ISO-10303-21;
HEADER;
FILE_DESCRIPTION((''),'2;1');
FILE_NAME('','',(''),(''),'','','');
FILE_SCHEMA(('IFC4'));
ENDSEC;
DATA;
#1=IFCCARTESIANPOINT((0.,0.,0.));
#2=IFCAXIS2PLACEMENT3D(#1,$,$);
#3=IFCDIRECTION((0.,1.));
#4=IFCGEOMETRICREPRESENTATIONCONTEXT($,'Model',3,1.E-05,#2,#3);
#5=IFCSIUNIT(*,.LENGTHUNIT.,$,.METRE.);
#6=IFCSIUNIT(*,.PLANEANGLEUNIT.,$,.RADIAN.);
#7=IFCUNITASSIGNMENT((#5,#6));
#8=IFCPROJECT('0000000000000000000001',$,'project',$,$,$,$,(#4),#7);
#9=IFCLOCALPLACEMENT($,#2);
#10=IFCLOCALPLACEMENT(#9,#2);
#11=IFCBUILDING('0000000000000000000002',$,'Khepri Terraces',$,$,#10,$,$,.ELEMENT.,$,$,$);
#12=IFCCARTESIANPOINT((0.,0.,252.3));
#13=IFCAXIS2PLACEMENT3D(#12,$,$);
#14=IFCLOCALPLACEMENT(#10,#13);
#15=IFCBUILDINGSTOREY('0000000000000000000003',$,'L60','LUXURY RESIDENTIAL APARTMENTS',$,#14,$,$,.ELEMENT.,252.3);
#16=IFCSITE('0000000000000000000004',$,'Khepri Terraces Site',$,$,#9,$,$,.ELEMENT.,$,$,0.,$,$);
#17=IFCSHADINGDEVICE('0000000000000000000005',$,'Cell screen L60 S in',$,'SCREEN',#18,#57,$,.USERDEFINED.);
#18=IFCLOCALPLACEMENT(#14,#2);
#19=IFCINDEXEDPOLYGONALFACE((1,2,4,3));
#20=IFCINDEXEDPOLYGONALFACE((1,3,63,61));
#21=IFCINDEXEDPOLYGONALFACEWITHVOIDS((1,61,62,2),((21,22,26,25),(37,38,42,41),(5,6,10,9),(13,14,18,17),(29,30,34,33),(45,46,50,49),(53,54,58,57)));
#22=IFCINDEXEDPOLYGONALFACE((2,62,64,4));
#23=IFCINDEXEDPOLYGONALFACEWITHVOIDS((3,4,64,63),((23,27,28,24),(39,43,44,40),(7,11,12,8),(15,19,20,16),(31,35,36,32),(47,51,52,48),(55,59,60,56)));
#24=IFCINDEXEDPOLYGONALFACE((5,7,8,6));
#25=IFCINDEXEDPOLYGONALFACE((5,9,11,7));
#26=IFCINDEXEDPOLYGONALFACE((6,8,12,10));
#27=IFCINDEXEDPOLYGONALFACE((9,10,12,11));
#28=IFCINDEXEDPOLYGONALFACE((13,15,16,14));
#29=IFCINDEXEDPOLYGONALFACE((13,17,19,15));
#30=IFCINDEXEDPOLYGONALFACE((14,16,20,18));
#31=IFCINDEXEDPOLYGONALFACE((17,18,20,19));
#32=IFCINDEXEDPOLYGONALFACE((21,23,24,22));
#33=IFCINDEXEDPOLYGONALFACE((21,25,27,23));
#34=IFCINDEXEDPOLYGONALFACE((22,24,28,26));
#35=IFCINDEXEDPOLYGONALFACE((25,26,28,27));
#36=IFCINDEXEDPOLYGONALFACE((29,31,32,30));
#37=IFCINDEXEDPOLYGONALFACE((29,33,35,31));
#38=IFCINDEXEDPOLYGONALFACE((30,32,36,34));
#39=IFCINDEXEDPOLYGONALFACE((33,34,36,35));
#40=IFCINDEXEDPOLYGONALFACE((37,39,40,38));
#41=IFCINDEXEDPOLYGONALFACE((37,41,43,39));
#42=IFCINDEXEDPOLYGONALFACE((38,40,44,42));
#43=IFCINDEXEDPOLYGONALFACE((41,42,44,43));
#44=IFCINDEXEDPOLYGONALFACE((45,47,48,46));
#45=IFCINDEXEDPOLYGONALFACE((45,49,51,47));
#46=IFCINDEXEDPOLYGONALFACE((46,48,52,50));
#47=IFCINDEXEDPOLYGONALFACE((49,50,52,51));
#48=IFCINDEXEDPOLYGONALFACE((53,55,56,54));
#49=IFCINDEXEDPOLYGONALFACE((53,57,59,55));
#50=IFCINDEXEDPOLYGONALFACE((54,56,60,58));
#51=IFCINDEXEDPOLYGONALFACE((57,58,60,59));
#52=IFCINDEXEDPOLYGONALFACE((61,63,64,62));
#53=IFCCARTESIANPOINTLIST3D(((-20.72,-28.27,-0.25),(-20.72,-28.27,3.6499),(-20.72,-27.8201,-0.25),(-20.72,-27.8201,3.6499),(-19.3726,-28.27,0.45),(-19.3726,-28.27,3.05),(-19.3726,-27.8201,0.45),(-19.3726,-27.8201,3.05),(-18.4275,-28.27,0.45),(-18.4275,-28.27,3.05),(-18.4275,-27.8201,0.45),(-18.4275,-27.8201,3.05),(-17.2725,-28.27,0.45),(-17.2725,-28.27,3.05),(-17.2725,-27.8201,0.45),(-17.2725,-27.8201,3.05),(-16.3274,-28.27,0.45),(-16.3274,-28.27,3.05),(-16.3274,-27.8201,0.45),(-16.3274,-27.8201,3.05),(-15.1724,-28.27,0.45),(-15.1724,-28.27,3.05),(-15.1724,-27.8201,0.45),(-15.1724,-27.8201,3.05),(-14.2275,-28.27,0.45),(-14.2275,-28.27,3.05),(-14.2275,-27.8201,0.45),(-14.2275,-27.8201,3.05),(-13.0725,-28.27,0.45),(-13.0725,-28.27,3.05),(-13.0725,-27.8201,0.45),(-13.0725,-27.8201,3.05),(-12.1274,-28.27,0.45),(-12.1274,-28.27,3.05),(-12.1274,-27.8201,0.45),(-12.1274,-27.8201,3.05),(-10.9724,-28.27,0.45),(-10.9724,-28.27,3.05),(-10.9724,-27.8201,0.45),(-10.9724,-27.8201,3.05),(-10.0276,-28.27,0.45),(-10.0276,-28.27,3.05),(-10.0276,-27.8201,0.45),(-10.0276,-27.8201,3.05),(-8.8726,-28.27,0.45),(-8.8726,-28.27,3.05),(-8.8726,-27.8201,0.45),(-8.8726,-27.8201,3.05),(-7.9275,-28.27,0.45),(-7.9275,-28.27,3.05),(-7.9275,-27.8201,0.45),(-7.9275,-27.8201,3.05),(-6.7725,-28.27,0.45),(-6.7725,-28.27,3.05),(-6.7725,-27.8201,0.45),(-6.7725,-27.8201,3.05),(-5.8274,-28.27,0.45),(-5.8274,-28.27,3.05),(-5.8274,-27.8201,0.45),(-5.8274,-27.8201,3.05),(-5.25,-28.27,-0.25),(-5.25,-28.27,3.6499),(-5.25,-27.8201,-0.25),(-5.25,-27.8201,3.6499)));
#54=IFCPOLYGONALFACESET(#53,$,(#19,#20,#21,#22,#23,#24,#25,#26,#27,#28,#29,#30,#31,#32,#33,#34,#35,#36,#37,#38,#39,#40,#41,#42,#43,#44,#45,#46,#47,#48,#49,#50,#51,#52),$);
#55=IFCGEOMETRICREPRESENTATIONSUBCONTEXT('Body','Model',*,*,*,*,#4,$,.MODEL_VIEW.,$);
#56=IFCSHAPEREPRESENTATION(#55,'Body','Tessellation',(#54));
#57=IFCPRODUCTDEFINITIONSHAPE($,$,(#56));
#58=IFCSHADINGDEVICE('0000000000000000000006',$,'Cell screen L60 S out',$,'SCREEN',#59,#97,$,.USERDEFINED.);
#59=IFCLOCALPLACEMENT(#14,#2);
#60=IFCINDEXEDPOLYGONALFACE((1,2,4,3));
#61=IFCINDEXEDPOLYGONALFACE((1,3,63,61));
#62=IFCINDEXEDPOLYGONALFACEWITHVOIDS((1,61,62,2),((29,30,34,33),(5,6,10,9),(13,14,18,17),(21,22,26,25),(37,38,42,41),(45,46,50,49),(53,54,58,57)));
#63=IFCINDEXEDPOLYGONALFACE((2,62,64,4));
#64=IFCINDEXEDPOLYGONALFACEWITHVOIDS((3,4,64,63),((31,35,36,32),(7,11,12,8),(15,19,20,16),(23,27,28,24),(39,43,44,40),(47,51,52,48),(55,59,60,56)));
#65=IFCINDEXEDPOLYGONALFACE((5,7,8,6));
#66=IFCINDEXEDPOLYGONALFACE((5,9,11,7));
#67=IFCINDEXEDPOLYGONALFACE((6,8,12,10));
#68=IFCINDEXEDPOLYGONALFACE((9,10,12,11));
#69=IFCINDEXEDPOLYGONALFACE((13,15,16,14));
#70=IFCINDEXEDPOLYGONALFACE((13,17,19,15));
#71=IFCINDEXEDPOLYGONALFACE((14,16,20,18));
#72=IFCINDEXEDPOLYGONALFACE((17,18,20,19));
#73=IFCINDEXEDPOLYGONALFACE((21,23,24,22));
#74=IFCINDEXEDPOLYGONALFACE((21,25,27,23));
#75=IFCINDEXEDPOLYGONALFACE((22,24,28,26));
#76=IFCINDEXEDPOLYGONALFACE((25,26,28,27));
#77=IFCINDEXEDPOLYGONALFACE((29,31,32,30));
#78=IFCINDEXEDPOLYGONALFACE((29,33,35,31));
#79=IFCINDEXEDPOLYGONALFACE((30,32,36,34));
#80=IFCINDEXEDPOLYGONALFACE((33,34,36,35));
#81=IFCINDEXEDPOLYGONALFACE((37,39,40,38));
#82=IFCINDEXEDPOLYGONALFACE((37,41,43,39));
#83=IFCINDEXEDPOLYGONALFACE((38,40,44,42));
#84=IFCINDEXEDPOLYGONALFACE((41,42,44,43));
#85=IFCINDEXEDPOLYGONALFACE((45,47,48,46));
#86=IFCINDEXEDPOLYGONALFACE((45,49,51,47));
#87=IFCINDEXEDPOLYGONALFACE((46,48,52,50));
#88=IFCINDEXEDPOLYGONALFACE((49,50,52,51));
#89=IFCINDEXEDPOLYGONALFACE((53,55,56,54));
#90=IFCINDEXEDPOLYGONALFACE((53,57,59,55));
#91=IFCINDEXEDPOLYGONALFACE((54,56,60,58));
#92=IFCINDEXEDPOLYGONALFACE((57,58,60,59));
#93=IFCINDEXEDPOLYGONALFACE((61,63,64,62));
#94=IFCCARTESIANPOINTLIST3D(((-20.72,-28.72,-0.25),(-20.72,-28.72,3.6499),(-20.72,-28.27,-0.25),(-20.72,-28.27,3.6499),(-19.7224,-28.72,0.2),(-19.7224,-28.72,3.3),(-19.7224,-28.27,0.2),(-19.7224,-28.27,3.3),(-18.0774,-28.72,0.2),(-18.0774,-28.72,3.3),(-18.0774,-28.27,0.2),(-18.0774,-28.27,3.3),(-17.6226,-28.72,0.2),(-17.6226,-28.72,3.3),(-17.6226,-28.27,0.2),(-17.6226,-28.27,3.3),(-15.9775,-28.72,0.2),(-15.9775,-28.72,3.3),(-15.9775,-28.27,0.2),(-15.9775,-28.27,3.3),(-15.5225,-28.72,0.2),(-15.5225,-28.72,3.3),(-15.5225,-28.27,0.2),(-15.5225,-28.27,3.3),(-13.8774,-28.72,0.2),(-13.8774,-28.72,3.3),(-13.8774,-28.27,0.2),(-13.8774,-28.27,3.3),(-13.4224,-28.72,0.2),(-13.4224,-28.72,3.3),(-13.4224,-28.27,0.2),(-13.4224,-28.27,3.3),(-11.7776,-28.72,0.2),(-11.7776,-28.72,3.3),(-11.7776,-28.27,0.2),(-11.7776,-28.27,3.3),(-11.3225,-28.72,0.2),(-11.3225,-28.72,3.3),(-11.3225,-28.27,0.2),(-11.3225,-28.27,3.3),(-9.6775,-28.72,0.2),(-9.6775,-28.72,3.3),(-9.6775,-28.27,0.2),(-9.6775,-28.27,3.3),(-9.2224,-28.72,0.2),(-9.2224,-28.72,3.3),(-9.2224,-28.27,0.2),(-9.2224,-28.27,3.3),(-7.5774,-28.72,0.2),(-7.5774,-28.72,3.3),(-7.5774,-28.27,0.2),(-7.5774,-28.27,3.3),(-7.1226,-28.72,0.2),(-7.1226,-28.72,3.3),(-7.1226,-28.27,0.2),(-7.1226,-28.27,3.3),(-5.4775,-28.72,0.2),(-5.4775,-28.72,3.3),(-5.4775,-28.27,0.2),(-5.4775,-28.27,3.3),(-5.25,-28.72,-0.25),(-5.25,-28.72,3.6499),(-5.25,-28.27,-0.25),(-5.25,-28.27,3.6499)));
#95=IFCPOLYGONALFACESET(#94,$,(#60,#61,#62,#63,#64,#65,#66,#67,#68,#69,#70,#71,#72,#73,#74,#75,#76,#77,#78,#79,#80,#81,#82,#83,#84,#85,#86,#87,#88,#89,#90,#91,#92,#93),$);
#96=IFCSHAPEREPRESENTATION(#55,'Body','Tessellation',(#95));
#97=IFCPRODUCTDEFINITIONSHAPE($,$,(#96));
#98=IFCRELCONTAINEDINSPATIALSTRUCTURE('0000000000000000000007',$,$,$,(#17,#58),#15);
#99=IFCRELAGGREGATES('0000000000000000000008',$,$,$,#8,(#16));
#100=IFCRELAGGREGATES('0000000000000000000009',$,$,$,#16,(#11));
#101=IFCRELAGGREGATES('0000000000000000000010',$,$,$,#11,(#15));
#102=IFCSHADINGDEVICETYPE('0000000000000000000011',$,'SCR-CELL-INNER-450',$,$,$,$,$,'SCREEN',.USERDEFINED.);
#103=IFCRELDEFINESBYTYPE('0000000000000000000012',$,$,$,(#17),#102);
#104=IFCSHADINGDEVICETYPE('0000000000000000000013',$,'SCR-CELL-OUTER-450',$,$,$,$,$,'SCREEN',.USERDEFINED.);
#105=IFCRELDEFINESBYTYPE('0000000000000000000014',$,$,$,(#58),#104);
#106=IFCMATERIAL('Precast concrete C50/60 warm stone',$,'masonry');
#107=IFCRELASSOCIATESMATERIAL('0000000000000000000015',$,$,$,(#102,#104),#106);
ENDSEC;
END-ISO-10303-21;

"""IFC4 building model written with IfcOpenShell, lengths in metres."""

from ifc_helpers import new_model, si_unit, direction, frame, origin, place, context, subcontext, project, spatial, polyline, outline, extrude, material, type_object, element, save


model = new_model("IFC4")

# Units and contexts
model_context = context("Model", 3, precision=1e-05, world=origin(), true_north=direction((0.0, 1.0)))
body_context = subcontext(model_context, "Body", "Model", "MODEL_VIEW")
ifc_project = project(units=[si_unit("LENGTHUNIT", "METRE"), si_unit("PLANEANGLEUNIT", "RADIAN")], contexts=[model_context])

# Site, building, storey
site_placement = place(None, origin())
site = spatial("IfcSite", under=ifc_project, at=site_placement, Name="Khepri Terraces Site", CompositionType="ELEMENT", RefElevation=0.0)
building_placement = place(site_placement, origin())
building = spatial("IfcBuilding", under=site, at=building_placement, Name="Khepri Terraces", CompositionType="ELEMENT")
storey_placement = place(building_placement, frame((0.0, 0.0, 252.3)))
storey = spatial("IfcBuildingStorey", under=building, at=storey_placement, Name="L60", Description="LUXURY RESIDENTIAL APARTMENTS", CompositionType="ELEMENT", Elevation=252.3)

# Shared definitions
ifc_material_1 = material(Name="Precast concrete C50/60 warm stone", Category="masonry")

# Shading devices
shading_device_type_1 = type_object("IfcShadingDeviceType", Name="SCR-CELL-INNER-450", ElementType="SCREEN", PredefinedType="USERDEFINED", material=ifc_material_1)
shading_device_1_placement = place(storey_placement, frame((-20.72, -27.8201, -0.25), z_axis=(0.0, -1.0, 0.0), x_axis=(1.0, 0.0, 0.0)))
element("IfcShadingDevice", 1, at=shading_device_1_placement, inside=storey, type_object=shading_device_type_1, Name="Cell screen L60 S in", ObjectType="SCREEN", PredefinedType="USERDEFINED", context=body_context, shape_type="SweptSolid", body=[
    extrude(outline(polyline([(0.0, 0.0), (15.47, 0.0), (15.47, 3.8999), (0.0, 3.8999), (0.0, 0.0)]), holes=[polyline([(1.3474, 0.7), (2.2925, 0.7), (2.2925, 3.3), (1.3474, 3.3), (1.3474, 0.7)]), polyline([(3.4475, 0.7), (4.3926, 0.7), (4.3926, 3.3), (3.4475, 3.3), (3.4475, 0.7)]), polyline([(5.5476, 0.7), (6.4924, 0.7), (6.4924, 3.3), (5.5476, 3.3), (5.5476, 0.7)]), polyline([(7.6475, 0.7), (8.5925, 0.7), (8.5925, 3.3), (7.6475, 3.3), (7.6475, 0.7)]), polyline([(9.7476, 0.7), (10.6924, 0.7), (10.6924, 3.3), (9.7476, 3.3), (9.7476, 0.7)]), polyline([(11.8474, 0.7), (12.7925, 0.7), (12.7925, 3.3), (11.8474, 3.3), (11.8474, 0.7)]), polyline([(13.9475, 0.7), (14.8926, 0.7), (14.8926, 3.3), (13.9475, 3.3), (13.9475, 0.7)])]), origin(), (0.0, 0.0, 1.0), 0.45),
])
shading_device_type_2 = type_object("IfcShadingDeviceType", Name="SCR-CELL-OUTER-450", ElementType="SCREEN", PredefinedType="USERDEFINED", material=ifc_material_1)
shading_device_2_placement = place(storey_placement, frame((-20.72, -28.27, -0.25), z_axis=(0.0, -1.0, 0.0), x_axis=(1.0, 0.0, 0.0)))
element("IfcShadingDevice", 2, at=shading_device_2_placement, inside=storey, type_object=shading_device_type_2, Name="Cell screen L60 S out", ObjectType="SCREEN", PredefinedType="USERDEFINED", context=body_context, shape_type="SweptSolid", body=[
    extrude(outline(polyline([(0.0, 0.0), (15.47, 0.0), (15.47, 3.8999), (0.0, 3.8999), (0.0, 0.0)]), holes=[polyline([(0.9976, 0.45), (2.6426, 0.45), (2.6426, 3.55), (0.9976, 3.55), (0.9976, 0.45)]), polyline([(3.0974, 0.45), (4.7424, 0.45), (4.7424, 3.55), (3.0974, 3.55), (3.0974, 0.45)]), polyline([(5.1975, 0.45), (6.8425, 0.45), (6.8425, 3.55), (5.1975, 3.55), (5.1975, 0.45)]), polyline([(7.2976, 0.45), (8.9424, 0.45), (8.9424, 3.55), (7.2976, 3.55), (7.2976, 0.45)]), polyline([(9.3975, 0.45), (11.0425, 0.45), (11.0425, 3.55), (9.3975, 3.55), (9.3975, 0.45)]), polyline([(11.4976, 0.45), (13.1426, 0.45), (13.1426, 3.55), (11.4976, 3.55), (11.4976, 0.45)]), polyline([(13.5974, 0.45), (15.2424, 0.45), (15.2424, 3.55), (13.5974, 3.55), (13.5974, 0.45)])]), origin(), (0.0, 0.0, 1.0), 0.45),
])

save(model, "model.ifc")
